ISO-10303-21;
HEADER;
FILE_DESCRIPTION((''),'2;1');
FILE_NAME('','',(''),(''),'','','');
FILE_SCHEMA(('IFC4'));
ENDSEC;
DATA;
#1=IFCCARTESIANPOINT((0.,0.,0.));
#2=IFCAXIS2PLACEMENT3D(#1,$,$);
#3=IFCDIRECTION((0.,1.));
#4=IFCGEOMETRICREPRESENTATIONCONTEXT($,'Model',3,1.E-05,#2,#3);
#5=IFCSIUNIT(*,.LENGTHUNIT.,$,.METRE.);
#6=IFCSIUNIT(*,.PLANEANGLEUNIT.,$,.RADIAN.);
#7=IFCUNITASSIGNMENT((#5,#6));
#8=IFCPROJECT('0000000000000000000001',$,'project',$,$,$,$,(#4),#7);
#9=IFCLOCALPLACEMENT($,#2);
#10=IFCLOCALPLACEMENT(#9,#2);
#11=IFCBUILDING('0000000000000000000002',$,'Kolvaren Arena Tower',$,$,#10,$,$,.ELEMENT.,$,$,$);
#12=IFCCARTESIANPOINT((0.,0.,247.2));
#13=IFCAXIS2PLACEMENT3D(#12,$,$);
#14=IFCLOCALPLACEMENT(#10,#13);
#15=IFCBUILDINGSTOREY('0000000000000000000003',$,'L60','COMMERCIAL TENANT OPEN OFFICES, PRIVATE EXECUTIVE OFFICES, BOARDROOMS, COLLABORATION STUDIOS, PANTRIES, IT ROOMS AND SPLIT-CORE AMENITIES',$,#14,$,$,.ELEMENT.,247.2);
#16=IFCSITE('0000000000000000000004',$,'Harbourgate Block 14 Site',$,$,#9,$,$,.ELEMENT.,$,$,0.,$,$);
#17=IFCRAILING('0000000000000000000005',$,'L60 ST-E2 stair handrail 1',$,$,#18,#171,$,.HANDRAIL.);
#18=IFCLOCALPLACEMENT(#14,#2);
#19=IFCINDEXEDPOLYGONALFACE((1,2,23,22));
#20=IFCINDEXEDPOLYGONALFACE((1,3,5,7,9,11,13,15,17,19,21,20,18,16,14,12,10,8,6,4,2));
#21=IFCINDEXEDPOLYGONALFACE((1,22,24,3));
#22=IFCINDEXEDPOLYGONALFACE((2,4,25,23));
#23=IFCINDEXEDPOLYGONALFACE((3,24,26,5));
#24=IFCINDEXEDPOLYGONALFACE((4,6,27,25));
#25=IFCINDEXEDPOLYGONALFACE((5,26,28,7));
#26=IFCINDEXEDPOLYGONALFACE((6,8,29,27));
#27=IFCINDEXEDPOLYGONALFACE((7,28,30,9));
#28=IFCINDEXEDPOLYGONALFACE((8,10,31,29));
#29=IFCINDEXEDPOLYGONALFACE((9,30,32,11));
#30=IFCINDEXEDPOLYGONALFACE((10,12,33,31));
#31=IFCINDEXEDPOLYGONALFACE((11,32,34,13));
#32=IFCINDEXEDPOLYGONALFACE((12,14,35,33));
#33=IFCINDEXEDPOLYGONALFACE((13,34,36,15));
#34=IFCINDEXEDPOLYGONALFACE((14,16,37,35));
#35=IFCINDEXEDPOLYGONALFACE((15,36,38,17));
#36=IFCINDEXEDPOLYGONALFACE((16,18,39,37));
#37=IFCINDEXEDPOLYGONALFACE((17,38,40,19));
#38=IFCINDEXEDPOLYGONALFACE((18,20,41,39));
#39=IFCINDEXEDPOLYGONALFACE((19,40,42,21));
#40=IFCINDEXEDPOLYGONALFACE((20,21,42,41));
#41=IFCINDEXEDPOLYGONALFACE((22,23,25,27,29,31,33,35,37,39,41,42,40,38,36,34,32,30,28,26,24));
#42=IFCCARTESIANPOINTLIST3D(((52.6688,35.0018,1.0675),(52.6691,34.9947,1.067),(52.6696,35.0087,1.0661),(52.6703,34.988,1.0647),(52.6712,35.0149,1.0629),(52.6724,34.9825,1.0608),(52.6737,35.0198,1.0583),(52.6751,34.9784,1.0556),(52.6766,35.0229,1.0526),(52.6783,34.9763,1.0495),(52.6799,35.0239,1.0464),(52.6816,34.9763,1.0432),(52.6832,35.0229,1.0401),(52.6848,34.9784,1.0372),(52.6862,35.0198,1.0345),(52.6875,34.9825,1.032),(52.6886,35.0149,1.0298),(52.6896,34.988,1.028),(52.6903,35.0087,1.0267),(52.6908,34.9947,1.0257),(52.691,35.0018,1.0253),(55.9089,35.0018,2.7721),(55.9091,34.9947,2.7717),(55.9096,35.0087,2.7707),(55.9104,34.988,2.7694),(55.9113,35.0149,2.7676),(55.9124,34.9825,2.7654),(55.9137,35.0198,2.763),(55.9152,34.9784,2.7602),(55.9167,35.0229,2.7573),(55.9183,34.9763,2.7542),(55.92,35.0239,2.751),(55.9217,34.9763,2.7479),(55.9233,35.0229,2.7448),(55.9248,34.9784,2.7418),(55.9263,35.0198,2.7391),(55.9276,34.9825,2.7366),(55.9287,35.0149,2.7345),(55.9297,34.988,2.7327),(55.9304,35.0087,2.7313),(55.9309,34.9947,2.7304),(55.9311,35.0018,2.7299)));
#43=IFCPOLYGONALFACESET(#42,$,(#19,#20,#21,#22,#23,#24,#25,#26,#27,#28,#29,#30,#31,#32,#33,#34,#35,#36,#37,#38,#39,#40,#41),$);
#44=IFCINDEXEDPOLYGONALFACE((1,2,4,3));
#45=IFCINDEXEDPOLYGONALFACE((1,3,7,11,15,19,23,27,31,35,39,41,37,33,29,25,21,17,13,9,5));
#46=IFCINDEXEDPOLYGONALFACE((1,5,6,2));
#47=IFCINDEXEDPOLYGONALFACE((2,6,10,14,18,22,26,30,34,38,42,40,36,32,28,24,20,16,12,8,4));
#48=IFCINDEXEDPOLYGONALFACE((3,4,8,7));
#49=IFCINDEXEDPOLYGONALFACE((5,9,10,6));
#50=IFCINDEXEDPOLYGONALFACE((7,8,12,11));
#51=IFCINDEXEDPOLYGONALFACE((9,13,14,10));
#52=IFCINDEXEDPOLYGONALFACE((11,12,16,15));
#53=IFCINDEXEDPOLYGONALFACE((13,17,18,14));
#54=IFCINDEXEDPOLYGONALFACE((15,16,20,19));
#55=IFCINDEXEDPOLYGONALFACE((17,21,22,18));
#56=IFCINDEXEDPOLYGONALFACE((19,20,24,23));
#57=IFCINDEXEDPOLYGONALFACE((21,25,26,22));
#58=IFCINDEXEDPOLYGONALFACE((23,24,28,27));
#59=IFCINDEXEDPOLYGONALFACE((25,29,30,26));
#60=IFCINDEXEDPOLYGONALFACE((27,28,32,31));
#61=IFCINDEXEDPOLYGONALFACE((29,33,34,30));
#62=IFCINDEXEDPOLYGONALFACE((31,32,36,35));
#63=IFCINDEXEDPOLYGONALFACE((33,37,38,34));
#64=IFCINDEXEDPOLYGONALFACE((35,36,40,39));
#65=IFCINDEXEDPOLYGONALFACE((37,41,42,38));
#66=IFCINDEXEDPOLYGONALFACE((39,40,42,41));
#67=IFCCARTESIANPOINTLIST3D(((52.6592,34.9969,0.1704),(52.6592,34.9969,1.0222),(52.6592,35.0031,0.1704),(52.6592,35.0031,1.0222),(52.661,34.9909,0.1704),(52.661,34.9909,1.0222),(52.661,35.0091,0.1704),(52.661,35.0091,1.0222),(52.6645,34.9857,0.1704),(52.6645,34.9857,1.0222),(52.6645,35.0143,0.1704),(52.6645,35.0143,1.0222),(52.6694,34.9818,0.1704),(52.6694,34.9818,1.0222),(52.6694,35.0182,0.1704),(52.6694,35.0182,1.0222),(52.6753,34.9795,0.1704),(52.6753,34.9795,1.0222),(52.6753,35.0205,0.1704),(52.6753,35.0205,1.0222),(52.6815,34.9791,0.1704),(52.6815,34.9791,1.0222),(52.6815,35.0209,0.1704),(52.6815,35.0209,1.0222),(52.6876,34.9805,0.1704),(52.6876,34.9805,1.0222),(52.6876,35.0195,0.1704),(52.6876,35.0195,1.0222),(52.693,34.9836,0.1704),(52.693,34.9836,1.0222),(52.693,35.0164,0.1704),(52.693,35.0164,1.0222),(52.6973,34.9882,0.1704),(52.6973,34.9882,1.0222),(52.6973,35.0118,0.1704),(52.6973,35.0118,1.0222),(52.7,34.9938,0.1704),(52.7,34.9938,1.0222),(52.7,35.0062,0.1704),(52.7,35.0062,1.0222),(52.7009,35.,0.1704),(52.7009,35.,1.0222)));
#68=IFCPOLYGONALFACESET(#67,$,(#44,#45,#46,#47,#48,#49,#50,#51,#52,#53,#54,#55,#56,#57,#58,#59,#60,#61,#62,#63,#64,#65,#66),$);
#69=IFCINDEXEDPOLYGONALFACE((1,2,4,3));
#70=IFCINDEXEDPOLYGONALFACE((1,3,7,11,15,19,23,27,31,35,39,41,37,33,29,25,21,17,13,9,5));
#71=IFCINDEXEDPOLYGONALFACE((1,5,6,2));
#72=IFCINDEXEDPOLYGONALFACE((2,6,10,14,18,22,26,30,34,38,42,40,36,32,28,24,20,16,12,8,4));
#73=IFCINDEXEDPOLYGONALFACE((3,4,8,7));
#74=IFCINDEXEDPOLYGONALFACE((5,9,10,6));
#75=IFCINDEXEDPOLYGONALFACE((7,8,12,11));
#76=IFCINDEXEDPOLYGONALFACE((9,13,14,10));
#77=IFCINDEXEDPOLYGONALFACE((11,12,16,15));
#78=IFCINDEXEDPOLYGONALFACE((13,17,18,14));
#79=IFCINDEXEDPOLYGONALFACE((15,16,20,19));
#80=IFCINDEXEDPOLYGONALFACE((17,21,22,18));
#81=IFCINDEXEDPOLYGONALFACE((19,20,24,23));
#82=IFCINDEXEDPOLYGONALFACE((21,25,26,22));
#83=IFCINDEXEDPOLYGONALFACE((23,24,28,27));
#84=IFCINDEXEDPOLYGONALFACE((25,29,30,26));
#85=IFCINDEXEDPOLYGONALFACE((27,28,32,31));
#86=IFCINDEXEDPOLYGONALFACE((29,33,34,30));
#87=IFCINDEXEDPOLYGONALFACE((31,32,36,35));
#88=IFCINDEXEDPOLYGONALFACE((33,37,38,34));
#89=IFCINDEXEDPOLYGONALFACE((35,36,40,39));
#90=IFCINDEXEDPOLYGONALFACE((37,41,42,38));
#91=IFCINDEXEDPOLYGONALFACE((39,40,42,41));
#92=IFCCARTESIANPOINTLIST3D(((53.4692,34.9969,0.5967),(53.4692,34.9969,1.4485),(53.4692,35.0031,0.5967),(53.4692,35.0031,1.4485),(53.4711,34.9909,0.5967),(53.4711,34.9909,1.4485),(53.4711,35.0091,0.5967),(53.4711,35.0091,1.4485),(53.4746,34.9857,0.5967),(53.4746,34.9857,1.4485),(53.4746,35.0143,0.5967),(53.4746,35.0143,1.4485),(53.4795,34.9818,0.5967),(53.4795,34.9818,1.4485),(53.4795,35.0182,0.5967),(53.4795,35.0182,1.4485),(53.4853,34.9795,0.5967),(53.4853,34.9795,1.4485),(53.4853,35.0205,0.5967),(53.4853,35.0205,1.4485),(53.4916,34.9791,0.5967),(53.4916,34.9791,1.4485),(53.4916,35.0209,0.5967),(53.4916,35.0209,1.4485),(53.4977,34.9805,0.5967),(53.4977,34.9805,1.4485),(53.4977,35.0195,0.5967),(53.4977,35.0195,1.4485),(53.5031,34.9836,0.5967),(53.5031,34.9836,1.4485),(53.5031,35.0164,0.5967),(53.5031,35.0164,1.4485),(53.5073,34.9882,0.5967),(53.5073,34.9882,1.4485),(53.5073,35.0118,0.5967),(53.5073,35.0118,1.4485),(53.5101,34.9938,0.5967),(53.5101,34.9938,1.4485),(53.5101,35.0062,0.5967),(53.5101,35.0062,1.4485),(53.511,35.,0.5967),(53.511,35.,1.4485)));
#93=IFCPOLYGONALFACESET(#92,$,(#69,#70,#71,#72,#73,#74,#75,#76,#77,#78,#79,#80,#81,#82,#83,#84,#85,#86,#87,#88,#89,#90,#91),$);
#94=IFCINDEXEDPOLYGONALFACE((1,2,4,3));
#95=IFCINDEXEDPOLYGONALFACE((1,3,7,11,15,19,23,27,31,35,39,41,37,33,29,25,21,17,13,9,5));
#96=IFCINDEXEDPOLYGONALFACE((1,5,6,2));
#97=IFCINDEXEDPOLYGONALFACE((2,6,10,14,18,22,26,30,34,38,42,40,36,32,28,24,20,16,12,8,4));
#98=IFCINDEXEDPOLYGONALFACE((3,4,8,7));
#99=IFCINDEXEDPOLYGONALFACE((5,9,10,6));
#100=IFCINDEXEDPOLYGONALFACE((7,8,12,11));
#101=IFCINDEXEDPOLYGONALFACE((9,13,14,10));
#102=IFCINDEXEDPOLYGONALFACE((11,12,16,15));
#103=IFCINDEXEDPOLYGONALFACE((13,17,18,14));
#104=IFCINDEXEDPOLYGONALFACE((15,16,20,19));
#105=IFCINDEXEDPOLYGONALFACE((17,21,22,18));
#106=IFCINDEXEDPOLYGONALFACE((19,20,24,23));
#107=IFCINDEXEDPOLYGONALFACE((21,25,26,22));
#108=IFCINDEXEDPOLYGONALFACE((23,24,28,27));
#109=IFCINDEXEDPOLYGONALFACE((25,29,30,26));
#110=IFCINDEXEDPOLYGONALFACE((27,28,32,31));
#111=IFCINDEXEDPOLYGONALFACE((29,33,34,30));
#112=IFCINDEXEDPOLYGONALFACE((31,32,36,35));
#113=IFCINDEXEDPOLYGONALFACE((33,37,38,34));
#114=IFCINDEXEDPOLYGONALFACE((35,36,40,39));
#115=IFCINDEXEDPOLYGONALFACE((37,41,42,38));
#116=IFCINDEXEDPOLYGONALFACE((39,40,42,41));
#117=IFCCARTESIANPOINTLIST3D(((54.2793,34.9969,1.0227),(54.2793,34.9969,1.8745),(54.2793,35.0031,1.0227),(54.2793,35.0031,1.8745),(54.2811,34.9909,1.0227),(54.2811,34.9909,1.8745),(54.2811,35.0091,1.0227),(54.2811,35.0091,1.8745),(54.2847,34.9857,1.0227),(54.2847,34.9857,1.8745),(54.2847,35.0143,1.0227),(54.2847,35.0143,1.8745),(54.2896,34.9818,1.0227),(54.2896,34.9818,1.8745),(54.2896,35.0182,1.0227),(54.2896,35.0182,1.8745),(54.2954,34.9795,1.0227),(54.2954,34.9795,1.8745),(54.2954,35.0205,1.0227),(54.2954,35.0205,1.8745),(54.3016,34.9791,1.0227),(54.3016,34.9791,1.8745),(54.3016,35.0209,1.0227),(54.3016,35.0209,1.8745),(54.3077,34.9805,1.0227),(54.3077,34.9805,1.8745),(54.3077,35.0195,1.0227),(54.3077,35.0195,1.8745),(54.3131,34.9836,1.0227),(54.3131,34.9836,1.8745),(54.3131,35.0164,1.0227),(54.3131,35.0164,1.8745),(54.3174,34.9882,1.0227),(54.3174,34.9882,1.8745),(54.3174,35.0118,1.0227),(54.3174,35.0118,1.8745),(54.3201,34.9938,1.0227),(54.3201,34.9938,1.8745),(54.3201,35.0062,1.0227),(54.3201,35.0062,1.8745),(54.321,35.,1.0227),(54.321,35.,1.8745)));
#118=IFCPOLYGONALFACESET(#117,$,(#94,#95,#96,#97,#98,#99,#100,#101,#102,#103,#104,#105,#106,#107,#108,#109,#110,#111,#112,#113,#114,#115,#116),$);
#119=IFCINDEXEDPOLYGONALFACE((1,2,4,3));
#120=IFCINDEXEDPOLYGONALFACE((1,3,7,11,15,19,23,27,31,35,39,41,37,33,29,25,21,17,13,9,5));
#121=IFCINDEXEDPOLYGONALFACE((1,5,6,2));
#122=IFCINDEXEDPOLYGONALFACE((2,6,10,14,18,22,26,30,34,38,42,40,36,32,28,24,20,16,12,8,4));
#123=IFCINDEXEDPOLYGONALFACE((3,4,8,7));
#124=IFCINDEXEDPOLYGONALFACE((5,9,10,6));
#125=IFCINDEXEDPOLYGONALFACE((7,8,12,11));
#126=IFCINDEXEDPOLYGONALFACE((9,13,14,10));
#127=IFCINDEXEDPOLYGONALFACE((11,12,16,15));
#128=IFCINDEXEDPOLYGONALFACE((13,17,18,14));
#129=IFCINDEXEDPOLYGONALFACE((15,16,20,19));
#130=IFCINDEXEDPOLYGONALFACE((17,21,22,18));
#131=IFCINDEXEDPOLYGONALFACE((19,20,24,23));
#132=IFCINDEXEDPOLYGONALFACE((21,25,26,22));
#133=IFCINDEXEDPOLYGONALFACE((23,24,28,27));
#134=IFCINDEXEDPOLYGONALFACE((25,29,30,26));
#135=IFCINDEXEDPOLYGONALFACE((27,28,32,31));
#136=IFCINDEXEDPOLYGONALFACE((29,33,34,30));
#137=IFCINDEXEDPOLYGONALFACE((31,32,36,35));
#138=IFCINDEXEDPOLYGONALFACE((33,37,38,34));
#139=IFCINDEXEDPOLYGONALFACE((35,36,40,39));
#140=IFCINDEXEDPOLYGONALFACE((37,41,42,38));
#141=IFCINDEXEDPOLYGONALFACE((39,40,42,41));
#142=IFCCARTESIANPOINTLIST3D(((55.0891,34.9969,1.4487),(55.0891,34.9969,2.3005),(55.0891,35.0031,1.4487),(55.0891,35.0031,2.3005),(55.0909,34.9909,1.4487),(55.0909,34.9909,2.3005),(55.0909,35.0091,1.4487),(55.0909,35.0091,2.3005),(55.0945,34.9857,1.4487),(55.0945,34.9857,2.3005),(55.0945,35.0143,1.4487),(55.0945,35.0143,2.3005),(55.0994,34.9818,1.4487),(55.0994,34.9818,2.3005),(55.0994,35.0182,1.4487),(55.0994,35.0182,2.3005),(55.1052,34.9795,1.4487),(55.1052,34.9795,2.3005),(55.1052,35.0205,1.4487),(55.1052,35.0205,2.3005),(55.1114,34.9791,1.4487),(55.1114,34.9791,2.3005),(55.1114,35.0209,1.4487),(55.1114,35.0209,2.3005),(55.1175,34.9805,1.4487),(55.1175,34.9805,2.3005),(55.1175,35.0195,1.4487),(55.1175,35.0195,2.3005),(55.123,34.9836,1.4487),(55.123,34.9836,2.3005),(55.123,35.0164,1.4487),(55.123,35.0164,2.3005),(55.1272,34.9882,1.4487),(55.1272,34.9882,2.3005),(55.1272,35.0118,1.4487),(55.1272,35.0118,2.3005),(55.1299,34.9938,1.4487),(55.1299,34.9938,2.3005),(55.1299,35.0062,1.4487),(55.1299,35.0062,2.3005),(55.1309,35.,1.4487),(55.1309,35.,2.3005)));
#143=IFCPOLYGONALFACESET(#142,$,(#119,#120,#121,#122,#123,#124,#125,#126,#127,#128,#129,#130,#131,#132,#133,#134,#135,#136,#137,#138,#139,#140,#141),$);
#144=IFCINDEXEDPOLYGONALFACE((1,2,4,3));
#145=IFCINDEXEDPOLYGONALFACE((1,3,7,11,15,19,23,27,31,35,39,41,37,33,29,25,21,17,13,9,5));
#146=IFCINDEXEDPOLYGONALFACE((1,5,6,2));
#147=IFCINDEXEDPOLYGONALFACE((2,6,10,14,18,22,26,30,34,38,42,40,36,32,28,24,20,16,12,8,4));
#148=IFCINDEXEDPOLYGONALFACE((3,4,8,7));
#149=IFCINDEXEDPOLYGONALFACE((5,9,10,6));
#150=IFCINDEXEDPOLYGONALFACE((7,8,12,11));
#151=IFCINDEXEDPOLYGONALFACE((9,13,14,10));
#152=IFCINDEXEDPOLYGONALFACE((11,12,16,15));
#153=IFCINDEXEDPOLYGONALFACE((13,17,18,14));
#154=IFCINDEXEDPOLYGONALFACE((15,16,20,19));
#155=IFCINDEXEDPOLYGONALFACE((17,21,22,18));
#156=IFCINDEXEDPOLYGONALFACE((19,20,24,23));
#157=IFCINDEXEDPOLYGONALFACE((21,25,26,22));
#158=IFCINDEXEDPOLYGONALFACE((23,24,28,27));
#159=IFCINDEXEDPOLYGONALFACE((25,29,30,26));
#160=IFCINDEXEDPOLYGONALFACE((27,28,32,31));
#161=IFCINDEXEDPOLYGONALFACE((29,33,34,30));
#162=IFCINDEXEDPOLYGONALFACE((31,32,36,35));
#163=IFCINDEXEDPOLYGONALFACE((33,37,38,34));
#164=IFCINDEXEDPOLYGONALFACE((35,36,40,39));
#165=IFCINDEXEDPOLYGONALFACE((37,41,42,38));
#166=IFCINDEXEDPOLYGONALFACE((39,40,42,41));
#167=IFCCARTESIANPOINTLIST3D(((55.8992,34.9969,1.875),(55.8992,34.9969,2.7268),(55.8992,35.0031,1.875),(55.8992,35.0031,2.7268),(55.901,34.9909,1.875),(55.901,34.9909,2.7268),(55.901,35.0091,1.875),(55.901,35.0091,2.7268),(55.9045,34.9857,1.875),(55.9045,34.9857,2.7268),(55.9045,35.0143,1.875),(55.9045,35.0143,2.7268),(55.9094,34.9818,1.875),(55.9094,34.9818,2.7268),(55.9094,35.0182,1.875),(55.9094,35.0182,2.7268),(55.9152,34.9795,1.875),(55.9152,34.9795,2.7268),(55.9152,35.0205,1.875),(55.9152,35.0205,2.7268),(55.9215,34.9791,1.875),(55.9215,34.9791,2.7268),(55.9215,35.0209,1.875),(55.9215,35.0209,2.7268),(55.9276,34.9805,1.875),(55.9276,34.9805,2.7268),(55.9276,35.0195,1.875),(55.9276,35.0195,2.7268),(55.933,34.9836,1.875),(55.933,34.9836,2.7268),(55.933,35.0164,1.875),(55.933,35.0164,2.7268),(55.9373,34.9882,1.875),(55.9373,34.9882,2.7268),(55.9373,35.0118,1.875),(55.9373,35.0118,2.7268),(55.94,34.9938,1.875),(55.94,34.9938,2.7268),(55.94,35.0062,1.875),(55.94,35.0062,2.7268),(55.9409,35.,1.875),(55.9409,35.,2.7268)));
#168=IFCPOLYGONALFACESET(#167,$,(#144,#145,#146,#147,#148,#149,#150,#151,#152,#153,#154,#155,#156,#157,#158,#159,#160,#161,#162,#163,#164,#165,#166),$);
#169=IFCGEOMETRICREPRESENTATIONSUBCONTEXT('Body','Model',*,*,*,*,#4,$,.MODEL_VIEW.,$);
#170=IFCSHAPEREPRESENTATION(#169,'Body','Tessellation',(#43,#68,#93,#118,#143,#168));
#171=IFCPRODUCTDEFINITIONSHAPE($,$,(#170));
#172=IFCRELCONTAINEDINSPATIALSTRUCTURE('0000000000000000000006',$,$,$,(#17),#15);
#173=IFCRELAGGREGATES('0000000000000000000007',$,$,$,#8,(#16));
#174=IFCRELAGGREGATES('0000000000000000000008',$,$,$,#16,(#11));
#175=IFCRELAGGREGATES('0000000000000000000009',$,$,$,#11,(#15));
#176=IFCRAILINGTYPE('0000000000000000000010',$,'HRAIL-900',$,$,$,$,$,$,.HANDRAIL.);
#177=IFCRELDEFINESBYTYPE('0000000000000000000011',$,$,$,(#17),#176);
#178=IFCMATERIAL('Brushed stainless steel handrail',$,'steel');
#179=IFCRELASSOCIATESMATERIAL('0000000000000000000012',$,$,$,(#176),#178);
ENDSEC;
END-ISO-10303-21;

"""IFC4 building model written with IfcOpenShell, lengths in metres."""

from ifc_helpers import new_model, si_unit, direction, frame, origin, origin_2d, place, context, subcontext, project, spatial, circle, extrude, material, type_object, element, save


model = new_model("IFC4")

# Units and contexts
model_context = context("Model", 3, precision=1e-05, world=origin(), true_north=direction((0.0, 1.0)))
body_context = subcontext(model_context, "Body", "Model", "MODEL_VIEW")
ifc_project = project(units=[si_unit("LENGTHUNIT", "METRE"), si_unit("PLANEANGLEUNIT", "RADIAN")], contexts=[model_context])

# Site, building, storey
site_placement = place(None, origin())
site = spatial("IfcSite", under=ifc_project, at=site_placement, Name="Harbourgate Block 14 Site", CompositionType="ELEMENT", RefElevation=0.0)
building_placement = place(site_placement, origin())
building = spatial("IfcBuilding", under=site, at=building_placement, Name="Kolvaren Arena Tower", CompositionType="ELEMENT")
storey_placement = place(building_placement, frame((0.0, 0.0, 247.2)))
storey = spatial("IfcBuildingStorey", under=building, at=storey_placement, Name="L60", Description="COMMERCIAL TENANT OPEN OFFICES, PRIVATE EXECUTIVE OFFICES, BOARDROOMS, COLLABORATION STUDIOS, PANTRIES, IT ROOMS AND SPLIT-CORE AMENITIES", CompositionType="ELEMENT", Elevation=247.2)

# Railing
ifc_material_1 = material(Name="Brushed stainless steel handrail", Category="steel")
railing_type_1 = type_object("IfcRailingType", Name="HRAIL-900", PredefinedType="HANDRAIL", material=ifc_material_1)
for number, where, name in (
    (1, (52.6799, 35.0, 0.1704), "L60 ST-E2 stair handrail 1"),
):
    element("IfcRailing", number, at=place(storey_placement, frame(where)), inside=storey, type_object=railing_type_1, Name=name, PredefinedType="HANDRAIL", context=body_context, shape_type="SweptSolid", body=[
        extrude(circle(Radius=0.0239, at=origin_2d()), frame((0.0, 0.0, 0.876), z_axis=(0.884993, 0.0, 0.465604), x_axis=(0.0, 1.0, 0.0)), (0.0, 0.0, 1.0), 3.6611),
        extrude(circle(Radius=0.021, at=origin_2d()), origin(), (0.0, 0.0, 1.0), 0.8518),
        extrude(circle(Radius=0.021, at=origin_2d()), frame((0.8101, 0.0, 0.4263)), (0.0, 0.0, 1.0), 0.8518),
        extrude(circle(Radius=0.021, at=origin_2d()), frame((1.6201, 0.0, 0.8523)), (0.0, 0.0, 1.0), 0.8518),
        extrude(circle(Radius=0.021, at=origin_2d()), frame((2.4299, 0.0, 1.2783)), (0.0, 0.0, 1.0), 0.8518),
        extrude(circle(Radius=0.021, at=origin_2d()), frame((3.24, 0.0, 1.7046)), (0.0, 0.0, 1.0), 0.8518),
    ])

save(model, "model.ifc")
